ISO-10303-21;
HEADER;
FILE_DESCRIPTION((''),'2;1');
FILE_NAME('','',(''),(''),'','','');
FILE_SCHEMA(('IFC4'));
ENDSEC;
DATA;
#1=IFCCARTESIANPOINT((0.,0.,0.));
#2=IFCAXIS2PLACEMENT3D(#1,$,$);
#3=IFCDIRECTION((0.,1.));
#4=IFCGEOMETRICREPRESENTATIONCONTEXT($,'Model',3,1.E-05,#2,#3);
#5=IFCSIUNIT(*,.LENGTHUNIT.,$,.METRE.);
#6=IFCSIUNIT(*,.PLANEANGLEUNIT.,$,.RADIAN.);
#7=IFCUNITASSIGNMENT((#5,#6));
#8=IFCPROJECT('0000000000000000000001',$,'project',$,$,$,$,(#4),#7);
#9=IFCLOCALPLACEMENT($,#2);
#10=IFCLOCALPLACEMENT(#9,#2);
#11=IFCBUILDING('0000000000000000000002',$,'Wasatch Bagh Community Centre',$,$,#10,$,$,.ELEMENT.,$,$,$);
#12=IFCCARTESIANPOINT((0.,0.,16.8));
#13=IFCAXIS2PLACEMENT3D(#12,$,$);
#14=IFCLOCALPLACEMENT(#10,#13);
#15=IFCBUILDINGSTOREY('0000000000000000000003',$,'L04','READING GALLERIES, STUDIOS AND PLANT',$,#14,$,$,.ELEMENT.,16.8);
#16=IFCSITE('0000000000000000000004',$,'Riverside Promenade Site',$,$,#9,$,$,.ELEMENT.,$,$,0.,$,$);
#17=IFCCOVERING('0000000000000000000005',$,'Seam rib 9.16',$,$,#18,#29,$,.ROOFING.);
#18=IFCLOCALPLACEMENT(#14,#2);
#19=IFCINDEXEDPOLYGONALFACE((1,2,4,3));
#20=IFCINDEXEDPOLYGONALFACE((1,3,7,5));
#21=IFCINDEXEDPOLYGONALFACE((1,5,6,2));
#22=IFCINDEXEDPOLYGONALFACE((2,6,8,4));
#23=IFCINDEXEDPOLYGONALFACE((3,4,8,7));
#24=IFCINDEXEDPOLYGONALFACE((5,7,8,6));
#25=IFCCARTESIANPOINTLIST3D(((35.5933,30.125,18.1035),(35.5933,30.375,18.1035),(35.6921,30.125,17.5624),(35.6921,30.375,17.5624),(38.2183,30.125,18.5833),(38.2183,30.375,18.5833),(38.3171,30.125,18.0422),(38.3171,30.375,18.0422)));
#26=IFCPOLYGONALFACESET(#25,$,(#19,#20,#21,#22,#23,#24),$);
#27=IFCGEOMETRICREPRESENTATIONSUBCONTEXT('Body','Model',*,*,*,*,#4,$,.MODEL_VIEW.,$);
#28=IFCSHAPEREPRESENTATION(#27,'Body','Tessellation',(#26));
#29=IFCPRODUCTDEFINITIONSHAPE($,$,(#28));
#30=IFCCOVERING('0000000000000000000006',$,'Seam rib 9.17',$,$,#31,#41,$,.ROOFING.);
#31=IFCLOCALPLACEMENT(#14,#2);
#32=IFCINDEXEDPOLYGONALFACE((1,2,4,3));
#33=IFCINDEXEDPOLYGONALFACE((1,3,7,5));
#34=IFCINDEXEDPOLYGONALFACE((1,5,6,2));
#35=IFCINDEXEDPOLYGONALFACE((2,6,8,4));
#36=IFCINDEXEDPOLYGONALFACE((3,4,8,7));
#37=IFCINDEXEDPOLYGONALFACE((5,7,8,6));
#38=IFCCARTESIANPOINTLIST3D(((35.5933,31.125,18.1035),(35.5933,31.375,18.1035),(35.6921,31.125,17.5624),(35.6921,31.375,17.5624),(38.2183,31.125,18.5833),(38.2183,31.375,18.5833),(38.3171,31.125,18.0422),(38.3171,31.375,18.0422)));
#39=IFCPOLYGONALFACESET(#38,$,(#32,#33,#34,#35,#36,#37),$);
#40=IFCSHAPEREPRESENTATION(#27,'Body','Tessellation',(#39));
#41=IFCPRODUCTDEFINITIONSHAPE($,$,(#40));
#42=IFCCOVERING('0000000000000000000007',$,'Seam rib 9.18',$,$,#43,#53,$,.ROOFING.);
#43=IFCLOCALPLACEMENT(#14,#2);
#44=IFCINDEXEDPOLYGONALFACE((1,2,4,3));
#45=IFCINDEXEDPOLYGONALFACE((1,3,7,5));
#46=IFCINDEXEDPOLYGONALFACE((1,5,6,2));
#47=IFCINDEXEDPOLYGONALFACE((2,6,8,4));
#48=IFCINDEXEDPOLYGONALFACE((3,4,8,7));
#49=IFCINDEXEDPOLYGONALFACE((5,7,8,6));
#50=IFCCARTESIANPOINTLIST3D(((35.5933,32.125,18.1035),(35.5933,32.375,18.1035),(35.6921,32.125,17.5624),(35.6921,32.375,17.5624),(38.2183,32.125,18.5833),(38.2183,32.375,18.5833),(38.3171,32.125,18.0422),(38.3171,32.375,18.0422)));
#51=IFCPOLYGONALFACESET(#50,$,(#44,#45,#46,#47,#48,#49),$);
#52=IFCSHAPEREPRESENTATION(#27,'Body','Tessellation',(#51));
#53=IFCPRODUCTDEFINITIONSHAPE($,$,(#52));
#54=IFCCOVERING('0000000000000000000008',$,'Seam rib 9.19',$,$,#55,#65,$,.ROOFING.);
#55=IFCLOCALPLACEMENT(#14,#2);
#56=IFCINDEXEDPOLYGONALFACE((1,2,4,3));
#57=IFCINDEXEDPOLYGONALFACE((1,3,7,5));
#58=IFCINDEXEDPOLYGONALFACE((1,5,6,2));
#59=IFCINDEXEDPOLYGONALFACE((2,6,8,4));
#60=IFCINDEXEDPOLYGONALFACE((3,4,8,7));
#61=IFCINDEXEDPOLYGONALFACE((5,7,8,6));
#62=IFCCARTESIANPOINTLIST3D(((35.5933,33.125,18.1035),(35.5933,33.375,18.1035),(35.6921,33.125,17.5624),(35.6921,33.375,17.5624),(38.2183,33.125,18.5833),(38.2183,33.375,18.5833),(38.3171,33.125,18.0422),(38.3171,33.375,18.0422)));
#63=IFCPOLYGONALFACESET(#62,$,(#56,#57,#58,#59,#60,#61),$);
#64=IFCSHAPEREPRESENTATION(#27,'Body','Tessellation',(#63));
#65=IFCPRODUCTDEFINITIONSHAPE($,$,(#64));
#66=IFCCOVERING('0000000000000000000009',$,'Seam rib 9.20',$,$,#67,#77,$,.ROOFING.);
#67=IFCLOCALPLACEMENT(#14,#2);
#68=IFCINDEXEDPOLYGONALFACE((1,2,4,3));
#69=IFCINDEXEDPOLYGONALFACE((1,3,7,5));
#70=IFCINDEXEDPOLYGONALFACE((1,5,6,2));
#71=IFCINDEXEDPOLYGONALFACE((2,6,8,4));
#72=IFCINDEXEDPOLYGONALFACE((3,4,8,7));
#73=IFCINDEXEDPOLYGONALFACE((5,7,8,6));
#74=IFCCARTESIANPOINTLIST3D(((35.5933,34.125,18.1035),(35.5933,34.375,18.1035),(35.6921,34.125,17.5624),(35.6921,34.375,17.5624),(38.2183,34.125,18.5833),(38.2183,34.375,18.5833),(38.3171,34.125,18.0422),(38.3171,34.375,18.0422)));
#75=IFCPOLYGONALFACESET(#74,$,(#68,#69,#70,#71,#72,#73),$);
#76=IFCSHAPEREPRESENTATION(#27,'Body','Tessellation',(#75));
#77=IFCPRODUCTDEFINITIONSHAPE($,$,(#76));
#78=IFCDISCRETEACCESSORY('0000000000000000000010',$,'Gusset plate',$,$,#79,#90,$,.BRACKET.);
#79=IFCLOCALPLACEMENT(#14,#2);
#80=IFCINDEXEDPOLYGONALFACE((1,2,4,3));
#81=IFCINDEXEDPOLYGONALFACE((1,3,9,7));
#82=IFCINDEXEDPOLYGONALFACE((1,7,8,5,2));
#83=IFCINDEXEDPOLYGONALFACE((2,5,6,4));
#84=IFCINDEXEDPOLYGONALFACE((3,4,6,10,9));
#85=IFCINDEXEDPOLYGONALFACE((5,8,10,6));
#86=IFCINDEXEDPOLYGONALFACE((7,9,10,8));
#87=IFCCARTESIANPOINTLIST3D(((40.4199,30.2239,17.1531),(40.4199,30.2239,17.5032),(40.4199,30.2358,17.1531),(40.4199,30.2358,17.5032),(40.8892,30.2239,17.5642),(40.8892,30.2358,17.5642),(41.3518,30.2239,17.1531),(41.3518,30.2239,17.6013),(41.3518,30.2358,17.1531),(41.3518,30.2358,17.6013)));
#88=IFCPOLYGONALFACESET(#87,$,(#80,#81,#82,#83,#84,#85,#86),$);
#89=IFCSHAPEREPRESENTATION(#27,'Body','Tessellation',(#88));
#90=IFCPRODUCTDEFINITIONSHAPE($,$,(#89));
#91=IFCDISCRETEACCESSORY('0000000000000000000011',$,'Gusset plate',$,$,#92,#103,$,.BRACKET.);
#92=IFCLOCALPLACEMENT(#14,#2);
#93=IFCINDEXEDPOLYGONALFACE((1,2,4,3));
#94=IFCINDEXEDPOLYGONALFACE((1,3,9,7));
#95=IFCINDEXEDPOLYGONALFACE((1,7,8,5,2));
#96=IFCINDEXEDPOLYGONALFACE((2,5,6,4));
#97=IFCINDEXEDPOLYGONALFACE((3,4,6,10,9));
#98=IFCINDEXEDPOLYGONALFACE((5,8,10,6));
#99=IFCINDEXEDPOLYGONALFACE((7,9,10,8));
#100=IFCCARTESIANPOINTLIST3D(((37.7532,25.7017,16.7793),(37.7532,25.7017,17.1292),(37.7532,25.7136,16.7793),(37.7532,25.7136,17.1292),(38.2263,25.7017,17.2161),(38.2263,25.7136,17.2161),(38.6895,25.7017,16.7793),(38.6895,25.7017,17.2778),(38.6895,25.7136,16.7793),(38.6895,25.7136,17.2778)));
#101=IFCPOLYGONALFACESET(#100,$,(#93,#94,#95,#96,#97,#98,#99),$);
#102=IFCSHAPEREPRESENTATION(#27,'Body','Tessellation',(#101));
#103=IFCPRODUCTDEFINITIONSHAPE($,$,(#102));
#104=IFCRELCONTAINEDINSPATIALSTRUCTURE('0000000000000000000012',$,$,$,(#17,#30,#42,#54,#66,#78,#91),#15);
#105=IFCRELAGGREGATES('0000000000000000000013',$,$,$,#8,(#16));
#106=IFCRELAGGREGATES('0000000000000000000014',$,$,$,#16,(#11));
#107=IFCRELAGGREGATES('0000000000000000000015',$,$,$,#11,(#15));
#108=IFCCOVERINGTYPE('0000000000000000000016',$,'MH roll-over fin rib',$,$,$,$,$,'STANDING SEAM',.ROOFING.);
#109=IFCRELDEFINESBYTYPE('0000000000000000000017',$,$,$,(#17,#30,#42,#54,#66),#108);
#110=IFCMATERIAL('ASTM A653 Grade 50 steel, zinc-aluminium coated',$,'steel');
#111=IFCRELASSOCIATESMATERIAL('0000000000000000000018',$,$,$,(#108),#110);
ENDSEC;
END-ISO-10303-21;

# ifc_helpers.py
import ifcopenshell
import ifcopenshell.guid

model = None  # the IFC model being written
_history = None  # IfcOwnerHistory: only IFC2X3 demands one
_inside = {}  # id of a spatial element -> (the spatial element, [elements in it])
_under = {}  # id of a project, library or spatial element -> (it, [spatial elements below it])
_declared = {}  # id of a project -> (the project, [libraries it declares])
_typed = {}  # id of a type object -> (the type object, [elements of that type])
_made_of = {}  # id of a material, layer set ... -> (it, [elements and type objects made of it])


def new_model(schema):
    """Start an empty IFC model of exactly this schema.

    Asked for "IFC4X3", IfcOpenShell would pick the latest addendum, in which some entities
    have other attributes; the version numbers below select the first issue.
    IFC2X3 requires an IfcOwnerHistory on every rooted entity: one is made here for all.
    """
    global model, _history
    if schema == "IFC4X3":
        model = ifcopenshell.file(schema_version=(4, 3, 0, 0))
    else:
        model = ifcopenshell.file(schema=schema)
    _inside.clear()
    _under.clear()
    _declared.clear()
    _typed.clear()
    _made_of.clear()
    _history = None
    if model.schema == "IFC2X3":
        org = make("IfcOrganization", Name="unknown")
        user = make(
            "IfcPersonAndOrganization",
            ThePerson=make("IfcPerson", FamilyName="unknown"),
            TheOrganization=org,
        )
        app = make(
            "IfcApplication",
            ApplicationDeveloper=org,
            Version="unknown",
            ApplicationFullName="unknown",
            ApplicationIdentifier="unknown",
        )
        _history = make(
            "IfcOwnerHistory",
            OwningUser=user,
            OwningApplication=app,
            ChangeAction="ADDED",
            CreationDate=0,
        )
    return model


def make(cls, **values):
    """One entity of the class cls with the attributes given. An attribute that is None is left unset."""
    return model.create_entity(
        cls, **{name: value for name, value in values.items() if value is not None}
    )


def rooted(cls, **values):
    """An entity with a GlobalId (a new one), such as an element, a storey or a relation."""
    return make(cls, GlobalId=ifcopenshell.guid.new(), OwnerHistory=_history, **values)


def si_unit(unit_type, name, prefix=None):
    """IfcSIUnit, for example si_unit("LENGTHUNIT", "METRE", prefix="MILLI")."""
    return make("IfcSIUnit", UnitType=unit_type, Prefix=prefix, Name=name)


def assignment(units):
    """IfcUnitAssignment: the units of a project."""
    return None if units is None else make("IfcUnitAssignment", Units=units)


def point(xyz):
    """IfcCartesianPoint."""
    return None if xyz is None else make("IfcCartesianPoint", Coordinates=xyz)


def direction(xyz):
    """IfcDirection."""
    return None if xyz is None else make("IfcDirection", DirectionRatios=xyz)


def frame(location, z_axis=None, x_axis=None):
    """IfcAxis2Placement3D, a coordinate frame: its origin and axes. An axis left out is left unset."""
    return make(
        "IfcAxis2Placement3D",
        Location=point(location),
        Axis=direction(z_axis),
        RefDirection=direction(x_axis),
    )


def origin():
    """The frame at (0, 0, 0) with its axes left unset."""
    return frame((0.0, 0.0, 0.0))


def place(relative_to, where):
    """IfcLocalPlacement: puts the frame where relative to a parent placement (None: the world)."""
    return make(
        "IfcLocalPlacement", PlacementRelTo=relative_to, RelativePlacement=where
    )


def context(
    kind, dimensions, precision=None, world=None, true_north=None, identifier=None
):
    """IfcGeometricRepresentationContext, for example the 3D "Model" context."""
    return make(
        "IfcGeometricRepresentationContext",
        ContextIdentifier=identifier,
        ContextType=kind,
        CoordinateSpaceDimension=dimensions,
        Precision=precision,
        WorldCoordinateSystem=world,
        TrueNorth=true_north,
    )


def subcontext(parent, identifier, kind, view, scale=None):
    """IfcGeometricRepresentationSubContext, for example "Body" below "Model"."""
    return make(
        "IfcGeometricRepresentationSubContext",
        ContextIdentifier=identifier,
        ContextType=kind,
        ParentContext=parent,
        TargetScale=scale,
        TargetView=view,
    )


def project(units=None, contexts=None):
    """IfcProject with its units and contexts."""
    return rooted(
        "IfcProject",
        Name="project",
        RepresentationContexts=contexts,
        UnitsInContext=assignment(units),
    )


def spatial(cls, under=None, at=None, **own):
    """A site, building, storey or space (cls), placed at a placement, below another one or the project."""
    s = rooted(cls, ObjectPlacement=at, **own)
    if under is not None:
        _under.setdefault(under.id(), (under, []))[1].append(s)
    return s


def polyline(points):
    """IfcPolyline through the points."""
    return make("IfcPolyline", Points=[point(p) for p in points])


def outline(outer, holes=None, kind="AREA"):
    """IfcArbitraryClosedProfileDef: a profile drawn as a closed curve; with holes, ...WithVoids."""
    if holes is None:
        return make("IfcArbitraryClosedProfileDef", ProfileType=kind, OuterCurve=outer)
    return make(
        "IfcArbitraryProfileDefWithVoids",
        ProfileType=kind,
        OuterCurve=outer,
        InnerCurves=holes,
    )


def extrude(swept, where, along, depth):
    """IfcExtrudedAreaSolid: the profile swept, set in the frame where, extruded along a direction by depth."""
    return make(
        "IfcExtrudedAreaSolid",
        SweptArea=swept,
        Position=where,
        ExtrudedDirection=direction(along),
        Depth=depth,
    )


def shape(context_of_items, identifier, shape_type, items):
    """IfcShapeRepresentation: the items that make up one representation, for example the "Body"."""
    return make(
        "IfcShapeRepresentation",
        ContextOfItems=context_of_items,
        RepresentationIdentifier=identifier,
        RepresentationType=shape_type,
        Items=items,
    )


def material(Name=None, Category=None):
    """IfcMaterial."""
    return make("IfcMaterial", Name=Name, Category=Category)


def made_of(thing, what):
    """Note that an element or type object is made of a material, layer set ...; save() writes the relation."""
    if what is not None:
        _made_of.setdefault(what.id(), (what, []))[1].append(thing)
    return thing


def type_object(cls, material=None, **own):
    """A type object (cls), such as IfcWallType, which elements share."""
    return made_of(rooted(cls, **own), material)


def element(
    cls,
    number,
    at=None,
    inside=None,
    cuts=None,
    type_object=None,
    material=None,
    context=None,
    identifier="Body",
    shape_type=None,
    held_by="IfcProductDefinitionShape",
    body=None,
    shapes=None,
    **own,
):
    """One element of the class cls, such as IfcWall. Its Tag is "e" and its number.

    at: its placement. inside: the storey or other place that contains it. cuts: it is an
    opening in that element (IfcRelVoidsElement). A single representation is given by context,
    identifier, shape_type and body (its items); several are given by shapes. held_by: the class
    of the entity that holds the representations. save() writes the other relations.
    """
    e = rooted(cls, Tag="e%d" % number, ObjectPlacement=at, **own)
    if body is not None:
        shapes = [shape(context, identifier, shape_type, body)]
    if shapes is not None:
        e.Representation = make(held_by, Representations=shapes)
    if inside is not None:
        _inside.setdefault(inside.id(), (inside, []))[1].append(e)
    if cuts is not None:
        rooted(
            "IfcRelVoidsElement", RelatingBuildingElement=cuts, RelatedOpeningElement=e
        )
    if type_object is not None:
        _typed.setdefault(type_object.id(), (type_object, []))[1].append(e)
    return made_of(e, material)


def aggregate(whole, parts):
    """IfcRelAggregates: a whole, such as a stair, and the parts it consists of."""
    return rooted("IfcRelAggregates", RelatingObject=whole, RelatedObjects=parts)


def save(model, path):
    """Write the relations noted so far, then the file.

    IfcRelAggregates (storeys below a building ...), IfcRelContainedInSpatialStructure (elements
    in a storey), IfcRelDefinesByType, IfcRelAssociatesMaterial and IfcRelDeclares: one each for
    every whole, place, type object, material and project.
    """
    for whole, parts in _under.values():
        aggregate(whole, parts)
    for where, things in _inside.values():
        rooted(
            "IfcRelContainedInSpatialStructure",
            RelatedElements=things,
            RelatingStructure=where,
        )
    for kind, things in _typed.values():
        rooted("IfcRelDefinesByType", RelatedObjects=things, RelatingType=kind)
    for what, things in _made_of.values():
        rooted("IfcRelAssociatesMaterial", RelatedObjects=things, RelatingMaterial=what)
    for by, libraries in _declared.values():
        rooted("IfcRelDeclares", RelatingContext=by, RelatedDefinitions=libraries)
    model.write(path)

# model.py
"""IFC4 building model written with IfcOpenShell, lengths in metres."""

from ifc_helpers import new_model, si_unit, direction, frame, origin, place, context, subcontext, project, spatial, polyline, outline, extrude, material, type_object, element, save


model = new_model("IFC4")

# Units and contexts
model_context = context("Model", 3, precision=1e-05, world=origin(), true_north=direction((0.0, 1.0)))
body_context = subcontext(model_context, "Body", "Model", "MODEL_VIEW")
ifc_project = project(units=[si_unit("LENGTHUNIT", "METRE"), si_unit("PLANEANGLEUNIT", "RADIAN")], contexts=[model_context])

# Site, building, storey
site_placement = place(None, origin())
site = spatial("IfcSite", under=ifc_project, at=site_placement, Name="Riverside Promenade Site", CompositionType="ELEMENT", RefElevation=0.0)
building_placement = place(site_placement, origin())
building = spatial("IfcBuilding", under=site, at=building_placement, Name="Wasatch Bagh Community Centre", CompositionType="ELEMENT")
storey_placement = place(building_placement, frame((0.0, 0.0, 16.8)))
storey = spatial("IfcBuildingStorey", under=building, at=storey_placement, Name="L04", Description="READING GALLERIES, STUDIOS AND PLANT", CompositionType="ELEMENT", Elevation=16.8)

# Coverings
ifc_material_1 = material(Name="ASTM A653 Grade 50 steel, zinc-aluminium coated", Category="steel")
covering_type = type_object("IfcCoveringType", Name="MH roll-over fin rib", ElementType="STANDING SEAM", PredefinedType="ROOFING", material=ifc_material_1)
for number, where, z_axis, x_axis, name in (
    (1, (35.5933, 30.125, 18.1035), (-0.179779, 0.0, 0.983707), (0.983707, 0.0, 0.179779), "Seam rib 9.16"),
    (2, (35.5933, 31.125, 18.1035), (-0.179779, 0.0, 0.983707), (0.983707, 0.0, 0.179779), "Seam rib 9.17"),
    (3, (35.5933, 32.125, 18.1035), (-0.179779, 0.0, 0.983707), (0.983707, 0.0, 0.179779), "Seam rib 9.18"),
    (4, (35.5933, 33.125, 18.1035), (-0.179779, 0.0, 0.983707), (0.983707, 0.0, 0.179779), "Seam rib 9.19"),
    (5, (35.5933, 34.125, 18.1035), (-0.179779, 0.0, 0.983707), (0.983707, 0.0, 0.179779), "Seam rib 9.20"),
):
    element("IfcCovering", number, at=place(storey_placement, frame(where, z_axis=z_axis, x_axis=x_axis)), inside=storey, type_object=covering_type, Name=name, PredefinedType="ROOFING", context=body_context, shape_type="SweptSolid", body=[
        extrude(outline(polyline([(0.0, 0.0), (2.6685, 0.0), (2.6685, 0.25), (0.0, 0.25), (0.0, 0.0)])), origin(), (0.0, 0.0, -1.0), 0.55),
    ])

# Discrete accessories
discrete_accessory_1_placement = place(storey_placement, frame((40.4199, 30.2358, 17.5032), z_axis=(0.0, 1.0, 0.0), x_axis=(0.991646, 0.0, 0.128986)))
element("IfcDiscreteAccessory", 6, at=discrete_accessory_1_placement, inside=storey, Name="Gusset plate", PredefinedType="BRACKET", context=body_context, shape_type="SweptSolid", body=[
    extrude(outline(polyline([(0.0, 0.0), (0.4732, 0.0), (0.9368, 0.0229), (0.8789, 0.4674), (-0.0452, 0.3472), (0.0, 0.0)])), origin(), (0.0, 0.0, -1.0), 0.012),
])
discrete_accessory_2_placement = place(storey_placement, frame((37.7532, 25.7136, 17.1292), z_axis=(0.0, 1.0, 0.0), x_axis=(0.983543, 0.0, 0.180672)))
element("IfcDiscreteAccessory", 7, at=discrete_accessory_2_placement, inside=storey, Name="Gusset plate", PredefinedType="BRACKET", context=body_context, shape_type="SweptSolid", body=[
    extrude(outline(polyline([(0.0, 0.0), (0.4811, 0.0), (0.9477, 0.0229), (0.8577, 0.5133), (-0.0632, 0.3441), (0.0, 0.0)])), origin(), (0.0, 0.0, -1.0), 0.012),
])

save(model, "model.ifc")
